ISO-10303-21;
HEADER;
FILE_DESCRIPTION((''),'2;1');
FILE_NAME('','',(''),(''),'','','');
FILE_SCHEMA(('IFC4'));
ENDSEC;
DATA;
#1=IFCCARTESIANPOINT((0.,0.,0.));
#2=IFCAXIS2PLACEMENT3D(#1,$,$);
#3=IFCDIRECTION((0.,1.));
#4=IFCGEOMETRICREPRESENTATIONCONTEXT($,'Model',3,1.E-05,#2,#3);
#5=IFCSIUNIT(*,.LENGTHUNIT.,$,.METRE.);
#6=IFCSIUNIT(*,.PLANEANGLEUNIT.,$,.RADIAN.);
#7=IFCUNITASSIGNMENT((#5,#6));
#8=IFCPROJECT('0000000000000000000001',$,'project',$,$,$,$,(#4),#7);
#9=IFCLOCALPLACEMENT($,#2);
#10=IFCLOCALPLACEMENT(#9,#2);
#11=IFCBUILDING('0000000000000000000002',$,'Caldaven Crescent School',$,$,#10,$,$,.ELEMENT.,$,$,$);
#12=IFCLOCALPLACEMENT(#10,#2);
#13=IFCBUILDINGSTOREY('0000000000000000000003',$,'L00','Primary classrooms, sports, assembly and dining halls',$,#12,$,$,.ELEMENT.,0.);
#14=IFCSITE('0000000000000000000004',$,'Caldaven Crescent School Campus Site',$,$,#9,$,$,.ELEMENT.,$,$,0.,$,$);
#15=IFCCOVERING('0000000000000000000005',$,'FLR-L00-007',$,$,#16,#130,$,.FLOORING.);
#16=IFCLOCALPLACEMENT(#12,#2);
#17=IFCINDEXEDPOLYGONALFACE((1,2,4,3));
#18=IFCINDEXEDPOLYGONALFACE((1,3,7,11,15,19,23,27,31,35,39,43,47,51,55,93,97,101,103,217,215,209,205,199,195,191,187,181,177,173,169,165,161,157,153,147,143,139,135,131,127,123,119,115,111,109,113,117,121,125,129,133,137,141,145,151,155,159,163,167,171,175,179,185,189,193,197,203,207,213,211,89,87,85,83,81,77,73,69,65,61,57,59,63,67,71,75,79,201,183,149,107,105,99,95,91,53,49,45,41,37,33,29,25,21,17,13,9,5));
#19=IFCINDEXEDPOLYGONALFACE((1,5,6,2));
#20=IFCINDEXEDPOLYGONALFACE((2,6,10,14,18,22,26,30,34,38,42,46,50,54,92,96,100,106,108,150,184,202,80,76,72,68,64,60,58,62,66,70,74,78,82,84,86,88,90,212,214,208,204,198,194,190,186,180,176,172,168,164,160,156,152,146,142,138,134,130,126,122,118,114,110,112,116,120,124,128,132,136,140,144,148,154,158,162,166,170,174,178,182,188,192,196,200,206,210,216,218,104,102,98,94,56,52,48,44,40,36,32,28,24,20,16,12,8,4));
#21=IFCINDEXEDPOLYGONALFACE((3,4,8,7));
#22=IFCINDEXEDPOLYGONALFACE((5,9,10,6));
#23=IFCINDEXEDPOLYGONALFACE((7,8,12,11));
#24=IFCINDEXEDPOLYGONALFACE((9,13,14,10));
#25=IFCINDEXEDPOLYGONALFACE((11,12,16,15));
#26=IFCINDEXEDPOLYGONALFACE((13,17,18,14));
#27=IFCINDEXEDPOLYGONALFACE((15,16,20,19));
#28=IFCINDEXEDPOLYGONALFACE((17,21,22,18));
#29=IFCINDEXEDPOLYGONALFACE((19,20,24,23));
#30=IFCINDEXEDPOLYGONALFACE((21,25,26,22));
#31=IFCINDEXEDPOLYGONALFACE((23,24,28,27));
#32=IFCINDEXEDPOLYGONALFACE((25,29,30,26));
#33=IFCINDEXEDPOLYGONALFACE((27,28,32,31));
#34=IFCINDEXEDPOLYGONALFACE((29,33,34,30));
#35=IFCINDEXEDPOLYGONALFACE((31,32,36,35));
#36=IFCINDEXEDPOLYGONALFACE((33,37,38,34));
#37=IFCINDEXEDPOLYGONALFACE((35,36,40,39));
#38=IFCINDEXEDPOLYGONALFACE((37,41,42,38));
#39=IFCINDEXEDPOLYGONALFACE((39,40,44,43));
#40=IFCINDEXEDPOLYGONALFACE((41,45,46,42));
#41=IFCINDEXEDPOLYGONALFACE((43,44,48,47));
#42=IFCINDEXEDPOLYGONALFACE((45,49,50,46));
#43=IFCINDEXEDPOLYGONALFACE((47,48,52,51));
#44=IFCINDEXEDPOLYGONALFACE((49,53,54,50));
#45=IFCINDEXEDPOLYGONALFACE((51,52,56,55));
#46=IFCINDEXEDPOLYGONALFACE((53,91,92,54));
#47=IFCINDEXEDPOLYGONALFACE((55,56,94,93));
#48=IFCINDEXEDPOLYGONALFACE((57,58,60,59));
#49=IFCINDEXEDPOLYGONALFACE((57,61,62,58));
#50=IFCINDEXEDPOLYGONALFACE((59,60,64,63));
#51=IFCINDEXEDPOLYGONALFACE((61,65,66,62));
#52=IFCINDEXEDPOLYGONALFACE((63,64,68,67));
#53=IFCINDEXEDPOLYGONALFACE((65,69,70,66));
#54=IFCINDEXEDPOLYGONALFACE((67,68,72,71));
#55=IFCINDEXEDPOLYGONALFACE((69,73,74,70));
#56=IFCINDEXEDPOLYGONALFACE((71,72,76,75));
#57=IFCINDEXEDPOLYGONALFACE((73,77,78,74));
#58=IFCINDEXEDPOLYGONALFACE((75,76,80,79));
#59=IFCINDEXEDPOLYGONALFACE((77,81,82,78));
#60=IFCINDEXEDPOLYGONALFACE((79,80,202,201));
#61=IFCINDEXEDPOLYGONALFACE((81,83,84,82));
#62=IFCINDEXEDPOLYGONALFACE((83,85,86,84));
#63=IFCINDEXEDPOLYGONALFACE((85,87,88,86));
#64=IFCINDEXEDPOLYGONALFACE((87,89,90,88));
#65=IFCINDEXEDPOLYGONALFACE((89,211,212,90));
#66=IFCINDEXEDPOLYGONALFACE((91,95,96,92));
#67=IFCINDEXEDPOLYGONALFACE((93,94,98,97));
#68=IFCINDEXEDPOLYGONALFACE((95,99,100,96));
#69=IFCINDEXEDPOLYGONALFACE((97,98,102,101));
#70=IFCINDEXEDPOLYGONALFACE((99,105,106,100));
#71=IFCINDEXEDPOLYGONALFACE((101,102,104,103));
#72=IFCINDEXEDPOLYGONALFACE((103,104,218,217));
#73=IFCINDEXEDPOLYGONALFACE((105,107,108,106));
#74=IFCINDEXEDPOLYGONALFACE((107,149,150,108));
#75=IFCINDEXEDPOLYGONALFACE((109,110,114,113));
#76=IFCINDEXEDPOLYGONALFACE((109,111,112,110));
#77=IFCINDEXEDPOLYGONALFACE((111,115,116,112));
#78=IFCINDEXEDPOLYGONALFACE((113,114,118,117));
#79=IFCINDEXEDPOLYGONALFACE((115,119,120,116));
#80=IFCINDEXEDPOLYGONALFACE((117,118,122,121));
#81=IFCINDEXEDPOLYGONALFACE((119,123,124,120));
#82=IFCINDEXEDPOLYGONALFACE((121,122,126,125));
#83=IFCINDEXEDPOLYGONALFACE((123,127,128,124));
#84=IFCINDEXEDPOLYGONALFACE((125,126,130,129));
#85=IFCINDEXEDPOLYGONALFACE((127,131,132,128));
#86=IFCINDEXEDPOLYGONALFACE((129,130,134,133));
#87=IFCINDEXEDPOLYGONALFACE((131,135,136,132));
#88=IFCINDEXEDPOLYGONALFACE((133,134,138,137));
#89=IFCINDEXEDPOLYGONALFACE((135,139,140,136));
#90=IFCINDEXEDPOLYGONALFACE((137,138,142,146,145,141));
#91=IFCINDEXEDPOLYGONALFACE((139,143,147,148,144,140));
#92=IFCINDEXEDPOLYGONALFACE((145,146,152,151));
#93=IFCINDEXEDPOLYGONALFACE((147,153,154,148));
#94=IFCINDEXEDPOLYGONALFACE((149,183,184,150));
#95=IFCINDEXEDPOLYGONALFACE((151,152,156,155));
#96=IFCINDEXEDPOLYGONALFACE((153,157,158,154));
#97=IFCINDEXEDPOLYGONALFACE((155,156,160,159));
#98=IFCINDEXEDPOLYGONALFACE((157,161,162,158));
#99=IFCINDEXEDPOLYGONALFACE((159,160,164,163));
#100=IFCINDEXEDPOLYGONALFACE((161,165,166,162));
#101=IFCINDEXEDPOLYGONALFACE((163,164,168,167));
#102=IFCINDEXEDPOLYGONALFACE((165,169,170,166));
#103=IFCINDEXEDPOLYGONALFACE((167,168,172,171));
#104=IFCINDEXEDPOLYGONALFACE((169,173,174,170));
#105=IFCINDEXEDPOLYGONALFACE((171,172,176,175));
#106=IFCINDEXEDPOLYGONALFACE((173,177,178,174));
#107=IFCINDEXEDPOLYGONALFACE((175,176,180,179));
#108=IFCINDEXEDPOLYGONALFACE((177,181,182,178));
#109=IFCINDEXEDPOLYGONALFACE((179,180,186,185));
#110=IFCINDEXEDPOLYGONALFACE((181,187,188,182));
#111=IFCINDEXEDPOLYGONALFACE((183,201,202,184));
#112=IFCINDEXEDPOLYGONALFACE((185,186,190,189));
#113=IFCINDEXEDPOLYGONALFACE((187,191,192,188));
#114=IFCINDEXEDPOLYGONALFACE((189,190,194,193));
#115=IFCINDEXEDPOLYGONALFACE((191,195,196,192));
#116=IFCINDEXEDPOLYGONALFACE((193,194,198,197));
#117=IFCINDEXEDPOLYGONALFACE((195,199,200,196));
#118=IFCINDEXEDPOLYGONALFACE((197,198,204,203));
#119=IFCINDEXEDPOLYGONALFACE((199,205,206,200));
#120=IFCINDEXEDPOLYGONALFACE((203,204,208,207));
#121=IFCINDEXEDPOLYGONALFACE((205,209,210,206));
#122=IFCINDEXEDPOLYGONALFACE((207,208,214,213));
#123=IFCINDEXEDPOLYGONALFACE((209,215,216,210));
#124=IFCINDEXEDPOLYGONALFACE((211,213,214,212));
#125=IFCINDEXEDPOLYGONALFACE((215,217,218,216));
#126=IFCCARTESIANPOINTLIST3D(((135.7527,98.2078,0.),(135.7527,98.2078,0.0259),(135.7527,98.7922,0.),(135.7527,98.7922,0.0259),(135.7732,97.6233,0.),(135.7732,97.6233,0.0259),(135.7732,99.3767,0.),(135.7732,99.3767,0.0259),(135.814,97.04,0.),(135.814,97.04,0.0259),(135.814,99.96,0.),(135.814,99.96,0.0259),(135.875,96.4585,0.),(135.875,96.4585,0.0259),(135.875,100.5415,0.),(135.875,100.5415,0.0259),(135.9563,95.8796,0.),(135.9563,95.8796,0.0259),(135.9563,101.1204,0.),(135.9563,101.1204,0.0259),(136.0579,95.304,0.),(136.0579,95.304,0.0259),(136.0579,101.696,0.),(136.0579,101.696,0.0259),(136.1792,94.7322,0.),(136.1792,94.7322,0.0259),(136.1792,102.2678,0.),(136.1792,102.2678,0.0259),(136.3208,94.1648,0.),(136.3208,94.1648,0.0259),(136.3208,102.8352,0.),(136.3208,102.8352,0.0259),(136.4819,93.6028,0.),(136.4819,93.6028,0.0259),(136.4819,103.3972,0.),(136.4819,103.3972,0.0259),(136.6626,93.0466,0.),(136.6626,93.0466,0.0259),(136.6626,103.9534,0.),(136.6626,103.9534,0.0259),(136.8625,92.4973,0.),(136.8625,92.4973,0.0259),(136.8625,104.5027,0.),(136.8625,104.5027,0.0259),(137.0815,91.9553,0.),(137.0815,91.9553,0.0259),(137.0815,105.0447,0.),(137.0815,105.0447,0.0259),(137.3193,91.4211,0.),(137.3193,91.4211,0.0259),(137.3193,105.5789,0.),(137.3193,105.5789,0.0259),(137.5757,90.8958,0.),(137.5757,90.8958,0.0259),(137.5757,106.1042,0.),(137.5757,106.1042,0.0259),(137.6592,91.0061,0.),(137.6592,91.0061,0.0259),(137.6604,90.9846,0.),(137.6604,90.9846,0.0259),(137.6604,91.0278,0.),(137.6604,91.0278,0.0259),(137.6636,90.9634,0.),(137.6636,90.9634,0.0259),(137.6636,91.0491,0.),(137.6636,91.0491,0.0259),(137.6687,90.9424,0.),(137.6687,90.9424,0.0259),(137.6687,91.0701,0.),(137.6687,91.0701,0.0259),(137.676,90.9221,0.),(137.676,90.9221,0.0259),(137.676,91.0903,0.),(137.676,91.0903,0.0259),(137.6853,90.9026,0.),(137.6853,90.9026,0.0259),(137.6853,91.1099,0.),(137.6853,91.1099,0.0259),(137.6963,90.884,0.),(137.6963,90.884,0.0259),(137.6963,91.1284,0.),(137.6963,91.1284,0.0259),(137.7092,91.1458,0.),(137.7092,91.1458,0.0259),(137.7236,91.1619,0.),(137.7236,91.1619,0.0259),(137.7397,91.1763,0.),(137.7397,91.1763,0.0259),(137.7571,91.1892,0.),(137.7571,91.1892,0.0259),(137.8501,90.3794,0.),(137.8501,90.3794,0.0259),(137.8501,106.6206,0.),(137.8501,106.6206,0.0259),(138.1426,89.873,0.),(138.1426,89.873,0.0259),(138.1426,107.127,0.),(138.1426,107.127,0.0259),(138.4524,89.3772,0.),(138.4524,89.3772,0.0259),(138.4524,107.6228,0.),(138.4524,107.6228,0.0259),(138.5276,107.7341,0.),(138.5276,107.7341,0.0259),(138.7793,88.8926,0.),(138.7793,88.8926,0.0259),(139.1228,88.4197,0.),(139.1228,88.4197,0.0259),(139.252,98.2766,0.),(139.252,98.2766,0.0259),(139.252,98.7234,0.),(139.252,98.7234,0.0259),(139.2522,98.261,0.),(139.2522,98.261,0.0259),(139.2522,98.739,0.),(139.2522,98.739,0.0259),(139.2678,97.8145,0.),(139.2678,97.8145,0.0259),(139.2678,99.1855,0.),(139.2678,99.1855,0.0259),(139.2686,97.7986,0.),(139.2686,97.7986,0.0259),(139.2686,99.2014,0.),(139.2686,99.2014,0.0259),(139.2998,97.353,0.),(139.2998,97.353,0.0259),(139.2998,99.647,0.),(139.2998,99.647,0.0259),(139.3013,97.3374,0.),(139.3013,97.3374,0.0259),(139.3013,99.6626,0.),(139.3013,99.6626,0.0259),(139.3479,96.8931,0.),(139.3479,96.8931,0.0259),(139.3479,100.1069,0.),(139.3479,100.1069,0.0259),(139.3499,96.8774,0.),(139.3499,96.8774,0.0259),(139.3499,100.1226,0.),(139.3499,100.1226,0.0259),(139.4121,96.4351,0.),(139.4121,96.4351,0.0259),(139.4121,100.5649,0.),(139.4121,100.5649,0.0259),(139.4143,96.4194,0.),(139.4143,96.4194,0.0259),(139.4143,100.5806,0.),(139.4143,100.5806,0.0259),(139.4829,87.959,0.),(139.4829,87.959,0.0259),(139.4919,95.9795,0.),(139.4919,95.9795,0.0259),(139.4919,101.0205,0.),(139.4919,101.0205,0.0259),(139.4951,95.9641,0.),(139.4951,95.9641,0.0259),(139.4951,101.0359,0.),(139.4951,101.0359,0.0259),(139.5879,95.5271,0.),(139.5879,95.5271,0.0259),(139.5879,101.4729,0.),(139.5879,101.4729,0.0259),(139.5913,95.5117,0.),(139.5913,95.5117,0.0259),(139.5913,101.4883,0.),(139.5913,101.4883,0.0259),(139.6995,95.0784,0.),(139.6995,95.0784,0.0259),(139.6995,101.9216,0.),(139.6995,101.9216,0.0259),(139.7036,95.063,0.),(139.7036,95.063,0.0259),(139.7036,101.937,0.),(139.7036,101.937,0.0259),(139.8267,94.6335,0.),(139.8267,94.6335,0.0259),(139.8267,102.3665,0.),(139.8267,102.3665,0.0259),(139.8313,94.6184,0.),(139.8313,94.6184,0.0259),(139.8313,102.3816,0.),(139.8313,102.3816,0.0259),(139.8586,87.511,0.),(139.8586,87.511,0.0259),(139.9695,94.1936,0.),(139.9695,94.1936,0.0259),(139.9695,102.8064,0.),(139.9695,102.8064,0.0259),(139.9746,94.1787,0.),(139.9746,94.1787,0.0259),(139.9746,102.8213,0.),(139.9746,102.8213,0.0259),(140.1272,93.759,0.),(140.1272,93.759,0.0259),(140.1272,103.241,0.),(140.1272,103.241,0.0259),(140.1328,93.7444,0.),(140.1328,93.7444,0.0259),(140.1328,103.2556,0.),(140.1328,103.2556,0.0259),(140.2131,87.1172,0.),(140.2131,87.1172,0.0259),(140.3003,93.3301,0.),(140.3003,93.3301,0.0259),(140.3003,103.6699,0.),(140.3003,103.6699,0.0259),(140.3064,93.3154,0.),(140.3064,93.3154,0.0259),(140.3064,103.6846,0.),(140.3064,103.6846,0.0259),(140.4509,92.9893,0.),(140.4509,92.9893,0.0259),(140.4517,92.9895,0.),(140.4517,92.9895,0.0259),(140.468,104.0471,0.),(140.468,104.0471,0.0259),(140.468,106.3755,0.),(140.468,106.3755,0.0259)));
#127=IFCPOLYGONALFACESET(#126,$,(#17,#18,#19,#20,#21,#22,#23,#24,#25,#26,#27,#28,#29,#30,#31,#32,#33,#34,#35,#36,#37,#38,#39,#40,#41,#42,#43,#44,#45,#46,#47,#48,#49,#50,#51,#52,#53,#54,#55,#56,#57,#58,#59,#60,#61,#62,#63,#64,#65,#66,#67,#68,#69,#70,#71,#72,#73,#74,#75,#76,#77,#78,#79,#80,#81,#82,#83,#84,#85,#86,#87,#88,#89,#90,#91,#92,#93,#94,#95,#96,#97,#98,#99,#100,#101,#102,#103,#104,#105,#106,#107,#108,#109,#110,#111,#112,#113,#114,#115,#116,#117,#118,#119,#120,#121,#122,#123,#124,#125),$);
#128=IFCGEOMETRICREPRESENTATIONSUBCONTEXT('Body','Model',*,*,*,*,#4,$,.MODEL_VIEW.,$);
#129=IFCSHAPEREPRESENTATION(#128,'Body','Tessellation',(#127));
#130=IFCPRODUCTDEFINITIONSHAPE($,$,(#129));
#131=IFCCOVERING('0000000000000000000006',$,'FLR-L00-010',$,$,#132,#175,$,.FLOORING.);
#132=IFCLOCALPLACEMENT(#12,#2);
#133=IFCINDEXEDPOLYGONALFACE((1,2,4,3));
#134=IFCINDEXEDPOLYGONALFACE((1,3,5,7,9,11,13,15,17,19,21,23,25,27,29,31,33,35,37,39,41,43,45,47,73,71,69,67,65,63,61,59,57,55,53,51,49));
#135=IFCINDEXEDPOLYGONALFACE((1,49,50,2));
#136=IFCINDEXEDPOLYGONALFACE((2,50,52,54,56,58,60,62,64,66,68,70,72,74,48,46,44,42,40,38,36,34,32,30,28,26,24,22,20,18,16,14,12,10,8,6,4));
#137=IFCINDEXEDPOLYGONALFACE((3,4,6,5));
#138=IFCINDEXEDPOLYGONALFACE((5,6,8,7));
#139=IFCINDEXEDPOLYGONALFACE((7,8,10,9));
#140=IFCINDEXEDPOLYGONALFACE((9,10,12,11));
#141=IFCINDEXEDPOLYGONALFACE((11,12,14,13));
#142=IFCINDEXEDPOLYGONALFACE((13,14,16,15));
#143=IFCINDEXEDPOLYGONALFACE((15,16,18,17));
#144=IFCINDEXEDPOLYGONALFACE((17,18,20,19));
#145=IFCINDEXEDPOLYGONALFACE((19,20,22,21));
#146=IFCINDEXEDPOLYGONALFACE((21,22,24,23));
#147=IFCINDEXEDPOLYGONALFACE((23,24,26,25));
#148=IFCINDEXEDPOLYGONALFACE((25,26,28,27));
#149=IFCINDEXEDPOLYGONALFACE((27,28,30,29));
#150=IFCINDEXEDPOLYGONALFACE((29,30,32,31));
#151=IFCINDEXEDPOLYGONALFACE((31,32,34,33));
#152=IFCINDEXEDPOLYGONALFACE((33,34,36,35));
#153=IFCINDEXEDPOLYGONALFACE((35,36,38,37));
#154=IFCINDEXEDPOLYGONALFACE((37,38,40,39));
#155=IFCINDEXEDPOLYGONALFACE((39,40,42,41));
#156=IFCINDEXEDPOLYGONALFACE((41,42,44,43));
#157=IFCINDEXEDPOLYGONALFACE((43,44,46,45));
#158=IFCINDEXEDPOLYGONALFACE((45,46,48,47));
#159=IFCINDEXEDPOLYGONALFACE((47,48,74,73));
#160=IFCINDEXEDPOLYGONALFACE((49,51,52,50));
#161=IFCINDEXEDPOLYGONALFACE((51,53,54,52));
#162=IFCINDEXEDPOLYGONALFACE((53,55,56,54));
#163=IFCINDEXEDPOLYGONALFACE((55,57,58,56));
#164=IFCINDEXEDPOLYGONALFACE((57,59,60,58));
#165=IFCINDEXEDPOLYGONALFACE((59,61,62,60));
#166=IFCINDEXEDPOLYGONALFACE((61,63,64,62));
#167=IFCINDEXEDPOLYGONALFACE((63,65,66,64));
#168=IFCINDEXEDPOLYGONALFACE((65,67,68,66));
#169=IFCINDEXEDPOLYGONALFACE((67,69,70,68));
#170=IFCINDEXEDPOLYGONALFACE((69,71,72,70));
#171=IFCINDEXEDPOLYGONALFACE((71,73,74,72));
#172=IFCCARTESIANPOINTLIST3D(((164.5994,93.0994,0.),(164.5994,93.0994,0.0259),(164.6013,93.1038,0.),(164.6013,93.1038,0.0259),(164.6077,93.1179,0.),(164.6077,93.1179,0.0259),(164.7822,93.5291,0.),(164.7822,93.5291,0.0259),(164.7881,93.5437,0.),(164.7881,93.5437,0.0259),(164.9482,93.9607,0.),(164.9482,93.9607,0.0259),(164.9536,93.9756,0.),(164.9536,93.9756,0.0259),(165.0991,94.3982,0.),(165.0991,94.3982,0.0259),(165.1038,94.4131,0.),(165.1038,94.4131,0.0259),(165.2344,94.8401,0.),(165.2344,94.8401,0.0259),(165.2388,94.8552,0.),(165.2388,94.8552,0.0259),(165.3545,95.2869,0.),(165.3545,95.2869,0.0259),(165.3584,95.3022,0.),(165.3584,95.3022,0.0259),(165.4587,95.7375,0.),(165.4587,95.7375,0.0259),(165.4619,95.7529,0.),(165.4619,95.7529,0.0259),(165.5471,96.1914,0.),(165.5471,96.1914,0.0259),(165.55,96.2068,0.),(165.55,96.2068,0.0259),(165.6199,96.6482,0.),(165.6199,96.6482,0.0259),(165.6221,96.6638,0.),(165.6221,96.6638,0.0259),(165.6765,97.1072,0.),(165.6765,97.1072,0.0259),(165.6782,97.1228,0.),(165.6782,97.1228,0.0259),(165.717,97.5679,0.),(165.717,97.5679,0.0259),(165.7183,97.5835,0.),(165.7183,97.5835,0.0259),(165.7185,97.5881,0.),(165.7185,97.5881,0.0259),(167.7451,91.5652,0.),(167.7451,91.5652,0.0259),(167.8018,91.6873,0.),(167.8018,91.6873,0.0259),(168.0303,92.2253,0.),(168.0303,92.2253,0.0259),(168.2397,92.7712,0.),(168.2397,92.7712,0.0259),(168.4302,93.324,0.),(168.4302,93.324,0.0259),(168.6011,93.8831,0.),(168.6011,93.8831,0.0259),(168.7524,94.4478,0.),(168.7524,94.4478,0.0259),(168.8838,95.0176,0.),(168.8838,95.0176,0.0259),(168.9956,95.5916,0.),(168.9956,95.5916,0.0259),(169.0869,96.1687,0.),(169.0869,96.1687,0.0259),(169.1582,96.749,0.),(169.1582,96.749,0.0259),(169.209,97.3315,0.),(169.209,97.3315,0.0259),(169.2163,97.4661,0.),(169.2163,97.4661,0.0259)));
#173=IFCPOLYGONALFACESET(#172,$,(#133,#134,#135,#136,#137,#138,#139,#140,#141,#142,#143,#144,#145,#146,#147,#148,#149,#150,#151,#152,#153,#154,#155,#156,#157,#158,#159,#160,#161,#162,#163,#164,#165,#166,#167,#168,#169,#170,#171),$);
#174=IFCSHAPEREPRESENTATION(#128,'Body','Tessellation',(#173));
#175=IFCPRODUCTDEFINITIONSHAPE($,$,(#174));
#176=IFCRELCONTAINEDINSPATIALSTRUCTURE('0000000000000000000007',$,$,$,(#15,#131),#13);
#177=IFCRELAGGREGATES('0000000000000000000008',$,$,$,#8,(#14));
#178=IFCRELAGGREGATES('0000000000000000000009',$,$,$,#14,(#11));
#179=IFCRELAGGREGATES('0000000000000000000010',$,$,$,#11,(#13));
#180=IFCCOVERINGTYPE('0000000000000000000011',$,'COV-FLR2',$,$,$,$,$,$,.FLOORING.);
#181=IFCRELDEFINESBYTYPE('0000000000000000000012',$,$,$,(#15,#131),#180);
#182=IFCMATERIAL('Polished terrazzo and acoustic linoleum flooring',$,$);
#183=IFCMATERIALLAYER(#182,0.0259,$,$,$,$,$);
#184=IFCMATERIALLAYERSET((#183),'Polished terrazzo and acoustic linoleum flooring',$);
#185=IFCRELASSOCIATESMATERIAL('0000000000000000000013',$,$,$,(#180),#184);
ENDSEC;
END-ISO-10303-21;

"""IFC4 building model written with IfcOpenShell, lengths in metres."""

from ifc_helpers import new_model, si_unit, direction, origin, place, context, subcontext, project, spatial, polyline, outline, extrude, material, layer, layer_set, type_object, element, save


model = new_model("IFC4")

# Units and contexts
model_context = context("Model", 3, precision=1e-05, world=origin(), true_north=direction((0.0, 1.0)))
body_context = subcontext(model_context, "Body", "Model", "MODEL_VIEW")
ifc_project = project(units=[si_unit("LENGTHUNIT", "METRE"), si_unit("PLANEANGLEUNIT", "RADIAN")], contexts=[model_context])

# Site, building, storey
site_placement = place(None, origin())
site = spatial("IfcSite", under=ifc_project, at=site_placement, Name="Caldaven Crescent School Campus Site", CompositionType="ELEMENT", RefElevation=0.0)
building_placement = place(site_placement, origin())
building = spatial("IfcBuilding", under=site, at=building_placement, Name="Caldaven Crescent School", CompositionType="ELEMENT")
storey_placement = place(building_placement, origin())
storey = spatial("IfcBuildingStorey", under=building, at=storey_placement, Name="L00", Description="Primary classrooms, sports, assembly and dining halls", CompositionType="ELEMENT", Elevation=0.0)

# Coverings
ifc_material_1 = material(Name="Polished terrazzo and acoustic linoleum flooring")
ifc_layer_1 = layer(ifc_material_1, 0.0259)
ifc_layer_set_1 = layer_set([ifc_layer_1], Name="Polished terrazzo and acoustic linoleum flooring")
covering_type_1 = type_object("IfcCoveringType", Name="COV-FLR2", PredefinedType="FLOORING", material=ifc_layer_set_1)
covering_1_placement = place(storey_placement, origin())
element("IfcCovering", 1, at=covering_1_placement, inside=storey, type_object=covering_type_1, Name="FLR-L00-007", PredefinedType="FLOORING", context=body_context, shape_type="SweptSolid", body=[
    extrude(outline(polyline([(140.3064, 103.6846), (140.3003, 103.6699), (140.1328, 103.2556), (140.1272, 103.241), (139.9746, 102.8213), (139.9695, 102.8064), (139.8313, 102.3816), (139.8267, 102.3665), (139.7036, 101.937), (139.6995, 101.9216), (139.5913, 101.4883), (139.5879, 101.4729), (139.4951, 101.0359), (139.4919, 101.0205), (139.4143, 100.5806), (139.4121, 100.5649), (139.3499, 100.1226), (139.3479, 100.1069), (139.3013, 99.6626), (139.2998, 99.647), (139.2686, 99.2014), (139.2678, 99.1855), (139.2522, 98.739), (139.252, 98.7234), (139.252, 98.2766), (139.2522, 98.261), (139.2678, 97.8145), (139.2686, 97.7986), (139.2998, 97.353), (139.3013, 97.3374), (139.3479, 96.8931), (139.3499, 96.8774), (139.4121, 96.4351), (139.4143, 96.4194), (139.4919, 95.9795), (139.4951, 95.9641), (139.5879, 95.5271), (139.5913, 95.5117), (139.6995, 95.0784), (139.7036, 95.063), (139.8267, 94.6335), (139.8313, 94.6184), (139.9695, 94.1936), (139.9746, 94.1787), (140.1272, 93.759), (140.1328, 93.7444), (140.3003, 93.3301), (140.3064, 93.3154), (140.4517, 92.9895), (140.4509, 92.9893), (137.7571, 91.1892), (137.7397, 91.1763), (137.7236, 91.1619), (137.7092, 91.1458), (137.6963, 91.1284), (137.6853, 91.1099), (137.676, 91.0903), (137.6687, 91.0701), (137.6636, 91.0491), (137.6604, 91.0278), (137.6592, 91.0061), (137.6604, 90.9846), (137.6636, 90.9634), (137.6687, 90.9424), (137.676, 90.9221), (137.6853, 90.9026), (137.6963, 90.884), (140.2131, 87.1172), (139.8586, 87.511), (139.4829, 87.959), (139.1228, 88.4197), (138.7793, 88.8926), (138.4524, 89.3772), (138.1426, 89.873), (137.8501, 90.3794), (137.5757, 90.8958), (137.3193, 91.4211), (137.0815, 91.9553), (136.8625, 92.4973), (136.6626, 93.0466), (136.4819, 93.6028), (136.3208, 94.1648), (136.1792, 94.7322), (136.0579, 95.304), (135.9563, 95.8796), (135.875, 96.4585), (135.814, 97.04), (135.7732, 97.6233), (135.7527, 98.2078), (135.7527, 98.7922), (135.7732, 99.3767), (135.814, 99.96), (135.875, 100.5415), (135.9563, 101.1204), (136.0579, 101.696), (136.1792, 102.2678), (136.3208, 102.8352), (136.4819, 103.3972), (136.6626, 103.9534), (136.8625, 104.5027), (137.0815, 105.0447), (137.3193, 105.5789), (137.5757, 106.1042), (137.8501, 106.6206), (138.1426, 107.127), (138.4524, 107.6228), (138.5276, 107.7341), (140.468, 106.3755), (140.468, 104.0471), (140.3064, 103.6846)])), origin(), (0.0, 0.0, 1.0), 0.0259),
])
covering_2_placement = place(storey_placement, origin())
element("IfcCovering", 2, at=covering_2_placement, inside=storey, type_object=covering_type_1, Name="FLR-L00-010", PredefinedType="FLOORING", context=body_context, shape_type="SweptSolid", body=[
    extrude(outline(polyline([(164.5994, 93.0994), (164.6013, 93.1038), (164.6077, 93.1179), (164.7822, 93.5291), (164.7881, 93.5437), (164.9482, 93.9607), (164.9536, 93.9756), (165.0991, 94.3982), (165.1038, 94.4131), (165.2344, 94.8401), (165.2388, 94.8552), (165.3545, 95.2869), (165.3584, 95.3022), (165.4587, 95.7375), (165.4619, 95.7529), (165.5471, 96.1914), (165.55, 96.2068), (165.6199, 96.6482), (165.6221, 96.6638), (165.6765, 97.1072), (165.6782, 97.1228), (165.717, 97.5679), (165.7183, 97.5835), (165.7185, 97.5881), (169.2163, 97.4661), (169.209, 97.3315), (169.1582, 96.749), (169.0869, 96.1687), (168.9956, 95.5916), (168.8838, 95.0176), (168.7524, 94.4478), (168.6011, 93.8831), (168.4302, 93.324), (168.2397, 92.7712), (168.0303, 92.2253), (167.8018, 91.6873), (167.7451, 91.5652), (164.5994, 93.0994)])), origin(), (0.0, 0.0, 1.0), 0.0259),
])

save(model, "model.ifc")
